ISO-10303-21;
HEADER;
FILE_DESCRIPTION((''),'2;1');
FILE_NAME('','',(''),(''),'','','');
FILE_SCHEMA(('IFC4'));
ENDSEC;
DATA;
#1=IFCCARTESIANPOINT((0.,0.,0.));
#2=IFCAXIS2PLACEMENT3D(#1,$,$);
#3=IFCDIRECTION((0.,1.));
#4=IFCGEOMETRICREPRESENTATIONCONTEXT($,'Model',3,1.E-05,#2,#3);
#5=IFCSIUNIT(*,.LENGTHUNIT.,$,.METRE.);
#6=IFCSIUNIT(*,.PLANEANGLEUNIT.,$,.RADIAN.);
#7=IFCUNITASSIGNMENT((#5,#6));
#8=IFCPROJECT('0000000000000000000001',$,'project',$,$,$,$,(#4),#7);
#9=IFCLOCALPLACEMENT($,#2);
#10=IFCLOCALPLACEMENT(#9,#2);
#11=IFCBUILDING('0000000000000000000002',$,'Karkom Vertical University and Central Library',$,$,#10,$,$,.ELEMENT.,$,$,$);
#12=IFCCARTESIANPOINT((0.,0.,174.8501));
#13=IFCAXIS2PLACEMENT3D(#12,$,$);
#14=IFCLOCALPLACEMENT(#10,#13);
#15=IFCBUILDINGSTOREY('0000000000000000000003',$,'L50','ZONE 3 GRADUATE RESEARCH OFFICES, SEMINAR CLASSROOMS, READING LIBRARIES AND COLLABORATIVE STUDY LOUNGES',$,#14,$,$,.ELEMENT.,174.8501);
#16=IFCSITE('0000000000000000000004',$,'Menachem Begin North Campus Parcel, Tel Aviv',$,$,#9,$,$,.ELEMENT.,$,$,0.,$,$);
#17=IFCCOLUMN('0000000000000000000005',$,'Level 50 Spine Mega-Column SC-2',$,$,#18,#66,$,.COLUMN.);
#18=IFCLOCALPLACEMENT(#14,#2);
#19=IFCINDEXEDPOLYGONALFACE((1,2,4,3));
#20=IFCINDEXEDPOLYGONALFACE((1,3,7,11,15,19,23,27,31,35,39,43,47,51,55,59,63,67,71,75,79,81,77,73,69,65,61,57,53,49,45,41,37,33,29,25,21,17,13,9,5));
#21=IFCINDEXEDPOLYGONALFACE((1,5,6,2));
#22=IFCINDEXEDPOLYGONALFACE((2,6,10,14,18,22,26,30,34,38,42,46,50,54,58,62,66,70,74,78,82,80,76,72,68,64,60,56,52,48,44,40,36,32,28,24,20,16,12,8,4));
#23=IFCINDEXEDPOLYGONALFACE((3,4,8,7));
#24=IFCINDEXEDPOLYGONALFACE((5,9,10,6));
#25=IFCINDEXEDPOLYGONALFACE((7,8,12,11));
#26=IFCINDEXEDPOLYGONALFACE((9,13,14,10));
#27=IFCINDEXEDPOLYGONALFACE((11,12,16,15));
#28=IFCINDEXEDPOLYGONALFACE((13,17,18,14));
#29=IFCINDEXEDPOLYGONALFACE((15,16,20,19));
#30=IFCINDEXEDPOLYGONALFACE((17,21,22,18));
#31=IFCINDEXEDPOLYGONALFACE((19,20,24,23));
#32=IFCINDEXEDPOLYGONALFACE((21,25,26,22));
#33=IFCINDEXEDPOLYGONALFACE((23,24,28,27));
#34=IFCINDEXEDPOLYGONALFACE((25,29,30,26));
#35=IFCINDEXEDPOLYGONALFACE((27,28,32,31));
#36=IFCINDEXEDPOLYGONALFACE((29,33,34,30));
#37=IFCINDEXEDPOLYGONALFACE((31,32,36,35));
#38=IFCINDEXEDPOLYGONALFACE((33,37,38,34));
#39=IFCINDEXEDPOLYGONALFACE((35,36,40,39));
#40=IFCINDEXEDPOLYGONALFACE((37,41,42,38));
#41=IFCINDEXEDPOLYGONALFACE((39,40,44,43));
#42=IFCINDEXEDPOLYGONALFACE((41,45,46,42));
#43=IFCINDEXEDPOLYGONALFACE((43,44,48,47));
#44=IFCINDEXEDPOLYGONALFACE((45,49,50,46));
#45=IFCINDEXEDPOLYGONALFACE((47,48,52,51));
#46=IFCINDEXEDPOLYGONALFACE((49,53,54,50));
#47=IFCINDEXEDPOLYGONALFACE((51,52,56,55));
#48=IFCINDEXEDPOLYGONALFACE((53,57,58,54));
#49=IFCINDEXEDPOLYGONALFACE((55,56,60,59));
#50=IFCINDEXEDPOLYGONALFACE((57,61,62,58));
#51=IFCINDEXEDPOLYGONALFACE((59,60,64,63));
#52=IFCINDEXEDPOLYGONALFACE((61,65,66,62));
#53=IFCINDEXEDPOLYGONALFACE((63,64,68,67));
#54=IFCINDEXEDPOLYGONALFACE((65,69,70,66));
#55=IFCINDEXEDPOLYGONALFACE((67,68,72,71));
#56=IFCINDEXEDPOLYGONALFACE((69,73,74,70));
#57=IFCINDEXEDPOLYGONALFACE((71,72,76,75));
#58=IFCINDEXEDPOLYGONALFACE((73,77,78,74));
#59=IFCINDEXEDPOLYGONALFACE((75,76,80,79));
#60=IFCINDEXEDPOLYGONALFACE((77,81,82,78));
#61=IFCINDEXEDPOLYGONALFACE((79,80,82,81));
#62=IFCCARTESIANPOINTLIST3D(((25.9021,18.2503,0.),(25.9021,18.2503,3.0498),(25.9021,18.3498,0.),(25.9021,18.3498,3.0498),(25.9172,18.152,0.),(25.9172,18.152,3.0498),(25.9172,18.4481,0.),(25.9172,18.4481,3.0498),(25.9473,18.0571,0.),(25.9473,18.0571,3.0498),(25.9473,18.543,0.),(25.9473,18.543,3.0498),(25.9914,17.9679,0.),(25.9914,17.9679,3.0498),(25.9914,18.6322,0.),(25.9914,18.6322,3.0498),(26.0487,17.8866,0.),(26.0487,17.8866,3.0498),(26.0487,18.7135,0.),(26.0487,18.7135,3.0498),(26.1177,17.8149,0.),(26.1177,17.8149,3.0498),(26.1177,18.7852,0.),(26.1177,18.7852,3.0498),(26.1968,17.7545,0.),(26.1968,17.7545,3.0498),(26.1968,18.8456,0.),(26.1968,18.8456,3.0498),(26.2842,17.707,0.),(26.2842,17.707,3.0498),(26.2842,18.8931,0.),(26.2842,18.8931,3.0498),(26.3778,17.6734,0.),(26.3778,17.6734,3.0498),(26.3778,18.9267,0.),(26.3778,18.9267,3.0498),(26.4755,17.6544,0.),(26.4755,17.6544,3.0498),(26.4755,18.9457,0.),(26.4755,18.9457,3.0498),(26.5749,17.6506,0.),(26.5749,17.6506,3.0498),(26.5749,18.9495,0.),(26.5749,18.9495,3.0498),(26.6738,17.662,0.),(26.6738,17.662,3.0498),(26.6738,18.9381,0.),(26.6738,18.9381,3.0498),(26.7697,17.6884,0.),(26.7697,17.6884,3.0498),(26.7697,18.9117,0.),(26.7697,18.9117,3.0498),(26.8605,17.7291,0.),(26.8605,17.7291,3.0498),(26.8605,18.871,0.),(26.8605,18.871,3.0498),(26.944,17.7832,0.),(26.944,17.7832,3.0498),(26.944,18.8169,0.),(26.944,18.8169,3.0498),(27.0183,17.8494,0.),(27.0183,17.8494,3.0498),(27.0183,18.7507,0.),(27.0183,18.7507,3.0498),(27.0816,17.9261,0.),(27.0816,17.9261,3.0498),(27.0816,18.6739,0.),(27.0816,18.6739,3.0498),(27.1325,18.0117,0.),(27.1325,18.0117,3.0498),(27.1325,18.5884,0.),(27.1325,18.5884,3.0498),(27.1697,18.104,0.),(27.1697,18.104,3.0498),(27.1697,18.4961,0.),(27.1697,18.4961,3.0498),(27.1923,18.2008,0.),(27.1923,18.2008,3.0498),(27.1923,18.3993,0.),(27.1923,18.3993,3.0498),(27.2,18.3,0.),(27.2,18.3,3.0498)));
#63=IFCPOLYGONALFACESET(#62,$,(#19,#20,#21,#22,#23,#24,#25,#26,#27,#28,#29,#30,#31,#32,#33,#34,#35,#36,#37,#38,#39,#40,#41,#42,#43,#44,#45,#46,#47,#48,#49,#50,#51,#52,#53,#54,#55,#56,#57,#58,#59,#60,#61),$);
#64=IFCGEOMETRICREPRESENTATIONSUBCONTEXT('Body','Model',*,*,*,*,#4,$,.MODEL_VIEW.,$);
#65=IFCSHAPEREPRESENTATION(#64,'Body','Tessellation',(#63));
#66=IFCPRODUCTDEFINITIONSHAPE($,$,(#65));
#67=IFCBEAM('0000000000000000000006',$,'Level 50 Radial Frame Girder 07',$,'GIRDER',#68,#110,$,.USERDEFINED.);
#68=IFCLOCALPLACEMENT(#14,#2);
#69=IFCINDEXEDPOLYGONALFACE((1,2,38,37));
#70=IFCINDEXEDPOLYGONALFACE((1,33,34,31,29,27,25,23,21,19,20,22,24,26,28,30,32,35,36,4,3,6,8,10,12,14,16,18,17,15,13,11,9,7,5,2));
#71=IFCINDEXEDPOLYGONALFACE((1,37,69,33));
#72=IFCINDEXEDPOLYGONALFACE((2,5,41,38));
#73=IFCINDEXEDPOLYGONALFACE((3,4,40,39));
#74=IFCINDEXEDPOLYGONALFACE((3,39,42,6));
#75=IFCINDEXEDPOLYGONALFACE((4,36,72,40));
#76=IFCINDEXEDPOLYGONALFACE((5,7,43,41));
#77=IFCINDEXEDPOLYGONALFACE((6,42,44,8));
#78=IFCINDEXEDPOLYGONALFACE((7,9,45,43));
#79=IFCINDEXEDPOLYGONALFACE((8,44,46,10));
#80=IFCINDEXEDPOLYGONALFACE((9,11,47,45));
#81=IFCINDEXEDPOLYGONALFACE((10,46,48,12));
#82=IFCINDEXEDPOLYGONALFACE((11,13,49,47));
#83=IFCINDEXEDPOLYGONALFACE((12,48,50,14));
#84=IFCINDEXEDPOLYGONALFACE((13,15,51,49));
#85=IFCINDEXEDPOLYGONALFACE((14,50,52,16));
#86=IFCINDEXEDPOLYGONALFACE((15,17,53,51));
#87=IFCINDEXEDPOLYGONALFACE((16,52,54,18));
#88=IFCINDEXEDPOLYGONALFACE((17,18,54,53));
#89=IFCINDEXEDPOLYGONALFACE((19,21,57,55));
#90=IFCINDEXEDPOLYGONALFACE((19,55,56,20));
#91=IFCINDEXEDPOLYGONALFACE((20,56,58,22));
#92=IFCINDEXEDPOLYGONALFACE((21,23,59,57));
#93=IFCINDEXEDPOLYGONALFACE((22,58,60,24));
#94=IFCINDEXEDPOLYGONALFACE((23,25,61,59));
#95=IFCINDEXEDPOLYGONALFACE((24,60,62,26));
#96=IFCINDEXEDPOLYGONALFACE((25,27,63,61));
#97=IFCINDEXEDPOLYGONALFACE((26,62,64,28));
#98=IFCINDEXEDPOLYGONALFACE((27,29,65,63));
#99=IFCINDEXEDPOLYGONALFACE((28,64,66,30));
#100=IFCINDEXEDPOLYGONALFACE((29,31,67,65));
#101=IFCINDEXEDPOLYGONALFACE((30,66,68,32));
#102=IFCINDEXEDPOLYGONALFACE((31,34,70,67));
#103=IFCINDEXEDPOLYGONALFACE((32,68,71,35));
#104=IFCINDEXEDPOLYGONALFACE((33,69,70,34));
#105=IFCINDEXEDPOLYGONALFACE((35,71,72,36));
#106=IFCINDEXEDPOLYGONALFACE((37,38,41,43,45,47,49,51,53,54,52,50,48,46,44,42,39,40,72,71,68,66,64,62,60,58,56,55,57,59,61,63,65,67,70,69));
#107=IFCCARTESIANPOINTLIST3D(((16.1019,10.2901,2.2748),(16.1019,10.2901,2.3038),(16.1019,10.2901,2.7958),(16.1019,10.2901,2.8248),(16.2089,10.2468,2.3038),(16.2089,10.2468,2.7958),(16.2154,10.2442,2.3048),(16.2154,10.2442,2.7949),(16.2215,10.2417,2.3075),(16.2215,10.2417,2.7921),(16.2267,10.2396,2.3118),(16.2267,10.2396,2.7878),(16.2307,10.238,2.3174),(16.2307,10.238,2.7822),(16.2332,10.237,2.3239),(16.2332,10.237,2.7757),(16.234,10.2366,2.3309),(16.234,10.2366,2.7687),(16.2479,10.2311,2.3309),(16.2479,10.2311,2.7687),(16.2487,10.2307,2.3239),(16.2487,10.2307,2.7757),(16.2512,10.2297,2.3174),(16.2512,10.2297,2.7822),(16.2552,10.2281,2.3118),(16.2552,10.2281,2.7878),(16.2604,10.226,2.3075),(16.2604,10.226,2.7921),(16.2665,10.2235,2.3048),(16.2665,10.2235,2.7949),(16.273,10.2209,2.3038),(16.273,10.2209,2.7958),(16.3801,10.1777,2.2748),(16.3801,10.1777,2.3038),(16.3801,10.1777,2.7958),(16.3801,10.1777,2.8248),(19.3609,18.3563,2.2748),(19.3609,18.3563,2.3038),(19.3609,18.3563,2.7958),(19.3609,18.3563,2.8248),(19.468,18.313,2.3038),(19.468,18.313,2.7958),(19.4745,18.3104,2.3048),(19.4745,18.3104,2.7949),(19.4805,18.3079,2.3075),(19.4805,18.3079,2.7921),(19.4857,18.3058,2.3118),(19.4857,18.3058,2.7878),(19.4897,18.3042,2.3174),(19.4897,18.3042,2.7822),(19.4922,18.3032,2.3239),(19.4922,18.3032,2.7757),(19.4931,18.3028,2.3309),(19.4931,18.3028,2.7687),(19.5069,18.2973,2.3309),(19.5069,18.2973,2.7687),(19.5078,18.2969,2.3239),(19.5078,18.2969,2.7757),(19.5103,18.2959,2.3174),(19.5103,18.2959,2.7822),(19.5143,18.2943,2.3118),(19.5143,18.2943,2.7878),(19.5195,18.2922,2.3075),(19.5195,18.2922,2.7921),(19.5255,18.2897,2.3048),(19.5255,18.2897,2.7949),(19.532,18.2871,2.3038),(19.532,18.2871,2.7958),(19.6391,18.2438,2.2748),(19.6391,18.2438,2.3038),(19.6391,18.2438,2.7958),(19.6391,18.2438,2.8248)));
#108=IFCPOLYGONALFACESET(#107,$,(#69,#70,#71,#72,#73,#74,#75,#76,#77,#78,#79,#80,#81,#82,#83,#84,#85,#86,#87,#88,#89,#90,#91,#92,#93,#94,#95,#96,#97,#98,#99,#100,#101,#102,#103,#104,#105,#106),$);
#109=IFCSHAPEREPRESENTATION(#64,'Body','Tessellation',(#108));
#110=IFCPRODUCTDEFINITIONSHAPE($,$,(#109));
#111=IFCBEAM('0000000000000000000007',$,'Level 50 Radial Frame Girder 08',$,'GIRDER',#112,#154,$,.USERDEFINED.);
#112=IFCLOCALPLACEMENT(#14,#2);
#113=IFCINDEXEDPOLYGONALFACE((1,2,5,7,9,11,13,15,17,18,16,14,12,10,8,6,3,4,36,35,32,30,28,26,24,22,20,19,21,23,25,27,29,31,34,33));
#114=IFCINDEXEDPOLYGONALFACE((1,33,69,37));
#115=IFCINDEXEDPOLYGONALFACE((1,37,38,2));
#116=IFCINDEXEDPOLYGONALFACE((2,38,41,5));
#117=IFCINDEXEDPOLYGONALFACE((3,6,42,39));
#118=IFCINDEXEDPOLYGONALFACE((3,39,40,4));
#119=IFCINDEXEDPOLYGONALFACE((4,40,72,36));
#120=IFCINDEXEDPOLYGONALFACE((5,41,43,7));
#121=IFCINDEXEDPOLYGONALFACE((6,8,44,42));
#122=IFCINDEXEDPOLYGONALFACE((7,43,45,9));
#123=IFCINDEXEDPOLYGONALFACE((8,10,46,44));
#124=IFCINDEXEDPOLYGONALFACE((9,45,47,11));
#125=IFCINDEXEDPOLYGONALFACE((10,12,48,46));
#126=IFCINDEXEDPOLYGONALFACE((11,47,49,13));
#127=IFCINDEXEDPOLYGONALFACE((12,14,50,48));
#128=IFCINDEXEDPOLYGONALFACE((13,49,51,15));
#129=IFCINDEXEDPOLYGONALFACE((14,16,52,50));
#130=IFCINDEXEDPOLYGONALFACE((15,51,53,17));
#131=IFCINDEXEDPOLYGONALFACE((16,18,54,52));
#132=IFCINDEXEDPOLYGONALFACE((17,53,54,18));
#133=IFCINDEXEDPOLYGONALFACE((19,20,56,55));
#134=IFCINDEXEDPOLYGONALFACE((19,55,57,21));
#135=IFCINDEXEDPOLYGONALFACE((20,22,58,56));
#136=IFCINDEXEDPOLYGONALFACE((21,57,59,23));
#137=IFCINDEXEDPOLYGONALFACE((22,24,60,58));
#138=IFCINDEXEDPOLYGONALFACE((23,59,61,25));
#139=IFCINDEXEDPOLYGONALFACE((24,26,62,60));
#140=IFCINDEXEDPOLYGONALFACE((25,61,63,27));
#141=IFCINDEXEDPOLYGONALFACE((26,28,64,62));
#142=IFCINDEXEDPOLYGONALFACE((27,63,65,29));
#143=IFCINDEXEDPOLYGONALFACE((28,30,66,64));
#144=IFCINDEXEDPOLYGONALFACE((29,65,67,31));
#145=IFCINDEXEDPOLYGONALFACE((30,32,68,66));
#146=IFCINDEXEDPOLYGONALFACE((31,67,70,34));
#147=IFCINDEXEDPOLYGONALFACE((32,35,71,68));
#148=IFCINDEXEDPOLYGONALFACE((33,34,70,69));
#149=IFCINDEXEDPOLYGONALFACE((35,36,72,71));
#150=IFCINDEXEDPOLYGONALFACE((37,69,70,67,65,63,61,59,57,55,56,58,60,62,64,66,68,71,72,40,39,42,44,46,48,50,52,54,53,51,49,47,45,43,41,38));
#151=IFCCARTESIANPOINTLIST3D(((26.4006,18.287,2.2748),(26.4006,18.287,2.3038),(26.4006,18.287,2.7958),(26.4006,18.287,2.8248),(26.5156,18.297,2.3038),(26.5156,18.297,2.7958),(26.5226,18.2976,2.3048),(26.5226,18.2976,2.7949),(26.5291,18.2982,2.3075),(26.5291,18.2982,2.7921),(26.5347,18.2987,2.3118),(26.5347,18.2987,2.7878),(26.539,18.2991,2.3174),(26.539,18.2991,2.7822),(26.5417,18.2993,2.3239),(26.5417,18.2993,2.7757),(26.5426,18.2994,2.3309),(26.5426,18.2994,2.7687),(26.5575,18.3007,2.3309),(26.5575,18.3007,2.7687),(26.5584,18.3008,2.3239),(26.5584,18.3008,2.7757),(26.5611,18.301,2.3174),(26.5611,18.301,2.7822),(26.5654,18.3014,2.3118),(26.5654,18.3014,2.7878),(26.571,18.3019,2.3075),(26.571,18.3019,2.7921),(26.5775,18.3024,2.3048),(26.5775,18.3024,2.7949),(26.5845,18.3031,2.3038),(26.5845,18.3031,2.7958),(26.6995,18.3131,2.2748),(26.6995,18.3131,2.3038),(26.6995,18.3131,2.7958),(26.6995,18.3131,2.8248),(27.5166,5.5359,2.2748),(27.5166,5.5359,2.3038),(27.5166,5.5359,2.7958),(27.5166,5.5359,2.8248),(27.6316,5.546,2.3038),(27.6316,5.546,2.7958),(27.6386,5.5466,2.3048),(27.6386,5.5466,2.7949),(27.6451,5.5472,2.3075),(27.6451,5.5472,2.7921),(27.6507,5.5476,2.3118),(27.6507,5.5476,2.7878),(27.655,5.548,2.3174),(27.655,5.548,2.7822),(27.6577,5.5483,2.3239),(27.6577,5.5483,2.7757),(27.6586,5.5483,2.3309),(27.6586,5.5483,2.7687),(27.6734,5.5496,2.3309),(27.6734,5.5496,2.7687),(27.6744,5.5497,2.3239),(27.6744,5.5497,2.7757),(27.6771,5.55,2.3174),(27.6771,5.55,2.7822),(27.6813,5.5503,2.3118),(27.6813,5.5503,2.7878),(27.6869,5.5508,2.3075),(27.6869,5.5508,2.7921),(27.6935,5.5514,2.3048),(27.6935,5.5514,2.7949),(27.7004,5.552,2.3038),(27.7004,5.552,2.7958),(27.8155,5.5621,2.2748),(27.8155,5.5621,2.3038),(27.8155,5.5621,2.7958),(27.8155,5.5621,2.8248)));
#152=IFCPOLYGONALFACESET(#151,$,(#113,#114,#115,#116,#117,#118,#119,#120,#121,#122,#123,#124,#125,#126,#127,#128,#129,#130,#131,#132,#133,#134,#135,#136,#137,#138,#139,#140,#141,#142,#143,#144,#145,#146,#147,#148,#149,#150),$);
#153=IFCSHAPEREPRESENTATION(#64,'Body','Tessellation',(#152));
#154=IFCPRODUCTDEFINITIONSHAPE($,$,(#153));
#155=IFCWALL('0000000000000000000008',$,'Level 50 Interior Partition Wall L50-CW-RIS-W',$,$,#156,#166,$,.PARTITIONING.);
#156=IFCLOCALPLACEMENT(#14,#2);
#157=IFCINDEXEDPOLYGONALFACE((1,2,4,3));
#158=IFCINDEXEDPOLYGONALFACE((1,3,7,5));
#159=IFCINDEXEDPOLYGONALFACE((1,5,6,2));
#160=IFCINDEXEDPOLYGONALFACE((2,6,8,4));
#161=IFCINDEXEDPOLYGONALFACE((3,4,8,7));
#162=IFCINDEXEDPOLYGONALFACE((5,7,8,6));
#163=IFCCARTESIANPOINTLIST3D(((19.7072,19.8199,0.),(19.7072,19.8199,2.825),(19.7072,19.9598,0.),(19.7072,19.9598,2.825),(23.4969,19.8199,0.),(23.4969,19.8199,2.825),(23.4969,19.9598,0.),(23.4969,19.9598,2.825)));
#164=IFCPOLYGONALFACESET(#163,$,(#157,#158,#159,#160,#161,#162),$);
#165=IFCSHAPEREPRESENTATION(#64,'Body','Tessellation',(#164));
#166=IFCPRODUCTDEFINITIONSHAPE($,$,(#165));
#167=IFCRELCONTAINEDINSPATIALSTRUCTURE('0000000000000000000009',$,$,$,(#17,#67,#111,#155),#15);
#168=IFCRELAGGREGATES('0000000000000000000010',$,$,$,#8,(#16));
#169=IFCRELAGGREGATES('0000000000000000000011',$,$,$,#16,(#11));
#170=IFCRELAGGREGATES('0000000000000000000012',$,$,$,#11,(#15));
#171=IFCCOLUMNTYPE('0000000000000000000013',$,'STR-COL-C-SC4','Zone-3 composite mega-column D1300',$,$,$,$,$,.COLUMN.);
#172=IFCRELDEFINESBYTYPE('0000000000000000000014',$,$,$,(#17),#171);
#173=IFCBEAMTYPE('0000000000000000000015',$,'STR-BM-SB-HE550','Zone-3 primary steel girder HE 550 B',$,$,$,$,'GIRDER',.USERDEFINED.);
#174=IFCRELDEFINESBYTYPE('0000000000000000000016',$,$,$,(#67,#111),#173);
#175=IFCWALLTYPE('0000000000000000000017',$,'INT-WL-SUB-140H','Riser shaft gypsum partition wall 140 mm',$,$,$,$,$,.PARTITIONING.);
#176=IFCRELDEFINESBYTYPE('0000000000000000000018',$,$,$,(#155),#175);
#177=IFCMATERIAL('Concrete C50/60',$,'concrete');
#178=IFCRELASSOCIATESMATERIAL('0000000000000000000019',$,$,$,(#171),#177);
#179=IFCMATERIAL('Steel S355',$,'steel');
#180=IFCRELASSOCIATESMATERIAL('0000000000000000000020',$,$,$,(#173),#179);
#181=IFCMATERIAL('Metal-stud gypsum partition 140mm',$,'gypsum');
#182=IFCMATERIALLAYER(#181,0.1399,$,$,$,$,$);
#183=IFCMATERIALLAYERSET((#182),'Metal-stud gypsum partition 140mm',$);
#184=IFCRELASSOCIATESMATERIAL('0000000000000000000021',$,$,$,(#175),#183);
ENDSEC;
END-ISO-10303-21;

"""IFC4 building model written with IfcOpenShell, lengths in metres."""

from ifc_helpers import new_model, si_unit, direction, frame, frame_2d, origin, origin_with_axes, origin_2d, place, context, subcontext, project, spatial, rectangle, circle, i_section, extrude, source, transform, mapped, material, layer, layer_set, material_profile, profile_set, type_object, element, save


model = new_model("IFC4")

# Units and contexts
model_context = context("Model", 3, precision=1e-05, world=origin(), true_north=direction((0.0, 1.0)))
body_context = subcontext(model_context, "Body", "Model", "MODEL_VIEW")
ifc_project = project(units=[si_unit("LENGTHUNIT", "METRE"), si_unit("PLANEANGLEUNIT", "RADIAN")], contexts=[model_context])

# Site, building, storey
site_placement = place(None, origin())
site = spatial("IfcSite", under=ifc_project, at=site_placement, Name="Menachem Begin North Campus Parcel, Tel Aviv", CompositionType="ELEMENT", RefElevation=0.0)
building_placement = place(site_placement, origin())
building = spatial("IfcBuilding", under=site, at=building_placement, Name="Karkom Vertical University and Central Library", CompositionType="ELEMENT")
storey_placement = place(building_placement, frame((0.0, 0.0, 174.8501)))
storey = spatial("IfcBuildingStorey", under=building, at=storey_placement, Name="L50", Description="ZONE 3 GRADUATE RESEARCH OFFICES, SEMINAR CLASSROOMS, READING LIBRARIES AND COLLABORATIVE STUDY LOUNGES", CompositionType="ELEMENT", Elevation=174.8501)

# Column
ifc_material_1 = material(Name="Concrete C50/60", Category="concrete")
ifc_material_profile_1 = material_profile(ifc_material_1, circle(Radius=0.6499, at=origin_2d()), Name="CFT-D1300")
ifc_profile_set_1 = profile_set([ifc_material_profile_1], Name="Concrete C50/60")
column_type = type_object("IfcColumnType", Name="STR-COL-C-SC4", Description="Zone-3 composite mega-column D1300", PredefinedType="COLUMN", material=ifc_profile_set_1)
shared_shape_1 = source(origin_with_axes(), body_context, "Body", "SweptSolid", [
    extrude(circle(Radius=0.6499, at=origin_2d()), origin(), (0.0, 0.0, 1.0), 3.0498),
])
column_placement = place(storey_placement, frame((26.55, 18.3, 0.0), z_axis=(0.0, 0.0, 1.0), x_axis=(1.0, 0.0, 0.0)))
element("IfcColumn", 1, at=column_placement, inside=storey, type_object=column_type, Name="Level 50 Spine Mega-Column SC-2", PredefinedType="COLUMN", context=body_context, shape_type="MappedRepresentation", body=[
    mapped(shared_shape_1, transform((0.0, 0.0, 0.0), scale=1.0)),
])

# Beams
ifc_material_2 = material(Name="Steel S355", Category="steel")
ifc_material_profile_2 = material_profile(ifc_material_2, i_section(OverallWidth=0.3, OverallDepth=0.55, WebThickness=0.0149, FlangeThickness=0.0291, FilletRadius=0.0271, at=origin_2d()), Name="HE 550 B")
ifc_profile_set_2 = profile_set([ifc_material_profile_2], Name="Steel S355")
beam_type = type_object("IfcBeamType", Name="STR-BM-SB-HE550", Description="Zone-3 primary steel girder HE 550 B", ElementType="GIRDER", PredefinedType="USERDEFINED", material=ifc_profile_set_2)
shared_shape_2 = source(origin_with_axes(), body_context, "Body", "SweptSolid", [
    extrude(i_section(OverallWidth=0.3, OverallDepth=0.55, WebThickness=0.0149, FlangeThickness=0.0291, FilletRadius=0.0271, at=origin_2d()), origin(), (0.0, 0.0, 1.0), 8.6997),
])
beam_1_placement = place(storey_placement, frame((19.5, 18.3, 2.5498), z_axis=(-0.374616, -0.92718, 0.0), x_axis=(0.92718, -0.374616, 0.0)))
element("IfcBeam", 2, at=beam_1_placement, inside=storey, type_object=beam_type, Name="Level 50 Radial Frame Girder 07", ObjectType="GIRDER", PredefinedType="USERDEFINED", context=body_context, shape_type="MappedRepresentation", body=[
    mapped(shared_shape_2, transform((0.0, 0.0, 0.0), scale=1.0)),
])
shared_shape_3 = source(origin_with_axes(), body_context, "Body", "SweptSolid", [
    extrude(i_section(OverallWidth=0.3, OverallDepth=0.55, WebThickness=0.0149, FlangeThickness=0.0291, FilletRadius=0.0271, at=origin_2d()), origin(), (0.0, 0.0, 1.0), 12.7998),
])
beam_2_placement = place(storey_placement, frame((26.55, 18.3, 2.5498), z_axis=(0.087187, -0.996192, 0.0), x_axis=(0.996192, 0.087187, 0.0)))
element("IfcBeam", 3, at=beam_2_placement, inside=storey, type_object=beam_type, Name="Level 50 Radial Frame Girder 08", ObjectType="GIRDER", PredefinedType="USERDEFINED", context=body_context, shape_type="MappedRepresentation", body=[
    mapped(shared_shape_3, transform((0.0, 0.0, 0.0), scale=1.0)),
])

# Wall
ifc_material_3 = material(Name="Metal-stud gypsum partition 140mm", Category="gypsum")
ifc_layer_1 = layer(ifc_material_3, 0.1399)
ifc_layer_set_1 = layer_set([ifc_layer_1], Name="Metal-stud gypsum partition 140mm")
wall_type_1 = type_object("IfcWallType", Name="INT-WL-SUB-140H", Description="Riser shaft gypsum partition wall 140 mm", PredefinedType="PARTITIONING", material=ifc_layer_set_1)
wall_1_placement = place(storey_placement, frame((19.707, 19.8899, 0.0), z_axis=(0.0, 0.0, 1.0), x_axis=(1.0, 0.0, 0.0)))
element("IfcWall", 4, at=wall_1_placement, inside=storey, type_object=wall_type_1, Name="Level 50 Interior Partition Wall L50-CW-RIS-W", PredefinedType="PARTITIONING", context=body_context, shape_type="SweptSolid", body=[
    extrude(rectangle(XDim=3.7898, YDim=0.1399, at=frame_2d((1.895, 0.0))), origin(), (0.0, 0.0, 1.0), 2.825),
])

save(model, "model.ifc")
